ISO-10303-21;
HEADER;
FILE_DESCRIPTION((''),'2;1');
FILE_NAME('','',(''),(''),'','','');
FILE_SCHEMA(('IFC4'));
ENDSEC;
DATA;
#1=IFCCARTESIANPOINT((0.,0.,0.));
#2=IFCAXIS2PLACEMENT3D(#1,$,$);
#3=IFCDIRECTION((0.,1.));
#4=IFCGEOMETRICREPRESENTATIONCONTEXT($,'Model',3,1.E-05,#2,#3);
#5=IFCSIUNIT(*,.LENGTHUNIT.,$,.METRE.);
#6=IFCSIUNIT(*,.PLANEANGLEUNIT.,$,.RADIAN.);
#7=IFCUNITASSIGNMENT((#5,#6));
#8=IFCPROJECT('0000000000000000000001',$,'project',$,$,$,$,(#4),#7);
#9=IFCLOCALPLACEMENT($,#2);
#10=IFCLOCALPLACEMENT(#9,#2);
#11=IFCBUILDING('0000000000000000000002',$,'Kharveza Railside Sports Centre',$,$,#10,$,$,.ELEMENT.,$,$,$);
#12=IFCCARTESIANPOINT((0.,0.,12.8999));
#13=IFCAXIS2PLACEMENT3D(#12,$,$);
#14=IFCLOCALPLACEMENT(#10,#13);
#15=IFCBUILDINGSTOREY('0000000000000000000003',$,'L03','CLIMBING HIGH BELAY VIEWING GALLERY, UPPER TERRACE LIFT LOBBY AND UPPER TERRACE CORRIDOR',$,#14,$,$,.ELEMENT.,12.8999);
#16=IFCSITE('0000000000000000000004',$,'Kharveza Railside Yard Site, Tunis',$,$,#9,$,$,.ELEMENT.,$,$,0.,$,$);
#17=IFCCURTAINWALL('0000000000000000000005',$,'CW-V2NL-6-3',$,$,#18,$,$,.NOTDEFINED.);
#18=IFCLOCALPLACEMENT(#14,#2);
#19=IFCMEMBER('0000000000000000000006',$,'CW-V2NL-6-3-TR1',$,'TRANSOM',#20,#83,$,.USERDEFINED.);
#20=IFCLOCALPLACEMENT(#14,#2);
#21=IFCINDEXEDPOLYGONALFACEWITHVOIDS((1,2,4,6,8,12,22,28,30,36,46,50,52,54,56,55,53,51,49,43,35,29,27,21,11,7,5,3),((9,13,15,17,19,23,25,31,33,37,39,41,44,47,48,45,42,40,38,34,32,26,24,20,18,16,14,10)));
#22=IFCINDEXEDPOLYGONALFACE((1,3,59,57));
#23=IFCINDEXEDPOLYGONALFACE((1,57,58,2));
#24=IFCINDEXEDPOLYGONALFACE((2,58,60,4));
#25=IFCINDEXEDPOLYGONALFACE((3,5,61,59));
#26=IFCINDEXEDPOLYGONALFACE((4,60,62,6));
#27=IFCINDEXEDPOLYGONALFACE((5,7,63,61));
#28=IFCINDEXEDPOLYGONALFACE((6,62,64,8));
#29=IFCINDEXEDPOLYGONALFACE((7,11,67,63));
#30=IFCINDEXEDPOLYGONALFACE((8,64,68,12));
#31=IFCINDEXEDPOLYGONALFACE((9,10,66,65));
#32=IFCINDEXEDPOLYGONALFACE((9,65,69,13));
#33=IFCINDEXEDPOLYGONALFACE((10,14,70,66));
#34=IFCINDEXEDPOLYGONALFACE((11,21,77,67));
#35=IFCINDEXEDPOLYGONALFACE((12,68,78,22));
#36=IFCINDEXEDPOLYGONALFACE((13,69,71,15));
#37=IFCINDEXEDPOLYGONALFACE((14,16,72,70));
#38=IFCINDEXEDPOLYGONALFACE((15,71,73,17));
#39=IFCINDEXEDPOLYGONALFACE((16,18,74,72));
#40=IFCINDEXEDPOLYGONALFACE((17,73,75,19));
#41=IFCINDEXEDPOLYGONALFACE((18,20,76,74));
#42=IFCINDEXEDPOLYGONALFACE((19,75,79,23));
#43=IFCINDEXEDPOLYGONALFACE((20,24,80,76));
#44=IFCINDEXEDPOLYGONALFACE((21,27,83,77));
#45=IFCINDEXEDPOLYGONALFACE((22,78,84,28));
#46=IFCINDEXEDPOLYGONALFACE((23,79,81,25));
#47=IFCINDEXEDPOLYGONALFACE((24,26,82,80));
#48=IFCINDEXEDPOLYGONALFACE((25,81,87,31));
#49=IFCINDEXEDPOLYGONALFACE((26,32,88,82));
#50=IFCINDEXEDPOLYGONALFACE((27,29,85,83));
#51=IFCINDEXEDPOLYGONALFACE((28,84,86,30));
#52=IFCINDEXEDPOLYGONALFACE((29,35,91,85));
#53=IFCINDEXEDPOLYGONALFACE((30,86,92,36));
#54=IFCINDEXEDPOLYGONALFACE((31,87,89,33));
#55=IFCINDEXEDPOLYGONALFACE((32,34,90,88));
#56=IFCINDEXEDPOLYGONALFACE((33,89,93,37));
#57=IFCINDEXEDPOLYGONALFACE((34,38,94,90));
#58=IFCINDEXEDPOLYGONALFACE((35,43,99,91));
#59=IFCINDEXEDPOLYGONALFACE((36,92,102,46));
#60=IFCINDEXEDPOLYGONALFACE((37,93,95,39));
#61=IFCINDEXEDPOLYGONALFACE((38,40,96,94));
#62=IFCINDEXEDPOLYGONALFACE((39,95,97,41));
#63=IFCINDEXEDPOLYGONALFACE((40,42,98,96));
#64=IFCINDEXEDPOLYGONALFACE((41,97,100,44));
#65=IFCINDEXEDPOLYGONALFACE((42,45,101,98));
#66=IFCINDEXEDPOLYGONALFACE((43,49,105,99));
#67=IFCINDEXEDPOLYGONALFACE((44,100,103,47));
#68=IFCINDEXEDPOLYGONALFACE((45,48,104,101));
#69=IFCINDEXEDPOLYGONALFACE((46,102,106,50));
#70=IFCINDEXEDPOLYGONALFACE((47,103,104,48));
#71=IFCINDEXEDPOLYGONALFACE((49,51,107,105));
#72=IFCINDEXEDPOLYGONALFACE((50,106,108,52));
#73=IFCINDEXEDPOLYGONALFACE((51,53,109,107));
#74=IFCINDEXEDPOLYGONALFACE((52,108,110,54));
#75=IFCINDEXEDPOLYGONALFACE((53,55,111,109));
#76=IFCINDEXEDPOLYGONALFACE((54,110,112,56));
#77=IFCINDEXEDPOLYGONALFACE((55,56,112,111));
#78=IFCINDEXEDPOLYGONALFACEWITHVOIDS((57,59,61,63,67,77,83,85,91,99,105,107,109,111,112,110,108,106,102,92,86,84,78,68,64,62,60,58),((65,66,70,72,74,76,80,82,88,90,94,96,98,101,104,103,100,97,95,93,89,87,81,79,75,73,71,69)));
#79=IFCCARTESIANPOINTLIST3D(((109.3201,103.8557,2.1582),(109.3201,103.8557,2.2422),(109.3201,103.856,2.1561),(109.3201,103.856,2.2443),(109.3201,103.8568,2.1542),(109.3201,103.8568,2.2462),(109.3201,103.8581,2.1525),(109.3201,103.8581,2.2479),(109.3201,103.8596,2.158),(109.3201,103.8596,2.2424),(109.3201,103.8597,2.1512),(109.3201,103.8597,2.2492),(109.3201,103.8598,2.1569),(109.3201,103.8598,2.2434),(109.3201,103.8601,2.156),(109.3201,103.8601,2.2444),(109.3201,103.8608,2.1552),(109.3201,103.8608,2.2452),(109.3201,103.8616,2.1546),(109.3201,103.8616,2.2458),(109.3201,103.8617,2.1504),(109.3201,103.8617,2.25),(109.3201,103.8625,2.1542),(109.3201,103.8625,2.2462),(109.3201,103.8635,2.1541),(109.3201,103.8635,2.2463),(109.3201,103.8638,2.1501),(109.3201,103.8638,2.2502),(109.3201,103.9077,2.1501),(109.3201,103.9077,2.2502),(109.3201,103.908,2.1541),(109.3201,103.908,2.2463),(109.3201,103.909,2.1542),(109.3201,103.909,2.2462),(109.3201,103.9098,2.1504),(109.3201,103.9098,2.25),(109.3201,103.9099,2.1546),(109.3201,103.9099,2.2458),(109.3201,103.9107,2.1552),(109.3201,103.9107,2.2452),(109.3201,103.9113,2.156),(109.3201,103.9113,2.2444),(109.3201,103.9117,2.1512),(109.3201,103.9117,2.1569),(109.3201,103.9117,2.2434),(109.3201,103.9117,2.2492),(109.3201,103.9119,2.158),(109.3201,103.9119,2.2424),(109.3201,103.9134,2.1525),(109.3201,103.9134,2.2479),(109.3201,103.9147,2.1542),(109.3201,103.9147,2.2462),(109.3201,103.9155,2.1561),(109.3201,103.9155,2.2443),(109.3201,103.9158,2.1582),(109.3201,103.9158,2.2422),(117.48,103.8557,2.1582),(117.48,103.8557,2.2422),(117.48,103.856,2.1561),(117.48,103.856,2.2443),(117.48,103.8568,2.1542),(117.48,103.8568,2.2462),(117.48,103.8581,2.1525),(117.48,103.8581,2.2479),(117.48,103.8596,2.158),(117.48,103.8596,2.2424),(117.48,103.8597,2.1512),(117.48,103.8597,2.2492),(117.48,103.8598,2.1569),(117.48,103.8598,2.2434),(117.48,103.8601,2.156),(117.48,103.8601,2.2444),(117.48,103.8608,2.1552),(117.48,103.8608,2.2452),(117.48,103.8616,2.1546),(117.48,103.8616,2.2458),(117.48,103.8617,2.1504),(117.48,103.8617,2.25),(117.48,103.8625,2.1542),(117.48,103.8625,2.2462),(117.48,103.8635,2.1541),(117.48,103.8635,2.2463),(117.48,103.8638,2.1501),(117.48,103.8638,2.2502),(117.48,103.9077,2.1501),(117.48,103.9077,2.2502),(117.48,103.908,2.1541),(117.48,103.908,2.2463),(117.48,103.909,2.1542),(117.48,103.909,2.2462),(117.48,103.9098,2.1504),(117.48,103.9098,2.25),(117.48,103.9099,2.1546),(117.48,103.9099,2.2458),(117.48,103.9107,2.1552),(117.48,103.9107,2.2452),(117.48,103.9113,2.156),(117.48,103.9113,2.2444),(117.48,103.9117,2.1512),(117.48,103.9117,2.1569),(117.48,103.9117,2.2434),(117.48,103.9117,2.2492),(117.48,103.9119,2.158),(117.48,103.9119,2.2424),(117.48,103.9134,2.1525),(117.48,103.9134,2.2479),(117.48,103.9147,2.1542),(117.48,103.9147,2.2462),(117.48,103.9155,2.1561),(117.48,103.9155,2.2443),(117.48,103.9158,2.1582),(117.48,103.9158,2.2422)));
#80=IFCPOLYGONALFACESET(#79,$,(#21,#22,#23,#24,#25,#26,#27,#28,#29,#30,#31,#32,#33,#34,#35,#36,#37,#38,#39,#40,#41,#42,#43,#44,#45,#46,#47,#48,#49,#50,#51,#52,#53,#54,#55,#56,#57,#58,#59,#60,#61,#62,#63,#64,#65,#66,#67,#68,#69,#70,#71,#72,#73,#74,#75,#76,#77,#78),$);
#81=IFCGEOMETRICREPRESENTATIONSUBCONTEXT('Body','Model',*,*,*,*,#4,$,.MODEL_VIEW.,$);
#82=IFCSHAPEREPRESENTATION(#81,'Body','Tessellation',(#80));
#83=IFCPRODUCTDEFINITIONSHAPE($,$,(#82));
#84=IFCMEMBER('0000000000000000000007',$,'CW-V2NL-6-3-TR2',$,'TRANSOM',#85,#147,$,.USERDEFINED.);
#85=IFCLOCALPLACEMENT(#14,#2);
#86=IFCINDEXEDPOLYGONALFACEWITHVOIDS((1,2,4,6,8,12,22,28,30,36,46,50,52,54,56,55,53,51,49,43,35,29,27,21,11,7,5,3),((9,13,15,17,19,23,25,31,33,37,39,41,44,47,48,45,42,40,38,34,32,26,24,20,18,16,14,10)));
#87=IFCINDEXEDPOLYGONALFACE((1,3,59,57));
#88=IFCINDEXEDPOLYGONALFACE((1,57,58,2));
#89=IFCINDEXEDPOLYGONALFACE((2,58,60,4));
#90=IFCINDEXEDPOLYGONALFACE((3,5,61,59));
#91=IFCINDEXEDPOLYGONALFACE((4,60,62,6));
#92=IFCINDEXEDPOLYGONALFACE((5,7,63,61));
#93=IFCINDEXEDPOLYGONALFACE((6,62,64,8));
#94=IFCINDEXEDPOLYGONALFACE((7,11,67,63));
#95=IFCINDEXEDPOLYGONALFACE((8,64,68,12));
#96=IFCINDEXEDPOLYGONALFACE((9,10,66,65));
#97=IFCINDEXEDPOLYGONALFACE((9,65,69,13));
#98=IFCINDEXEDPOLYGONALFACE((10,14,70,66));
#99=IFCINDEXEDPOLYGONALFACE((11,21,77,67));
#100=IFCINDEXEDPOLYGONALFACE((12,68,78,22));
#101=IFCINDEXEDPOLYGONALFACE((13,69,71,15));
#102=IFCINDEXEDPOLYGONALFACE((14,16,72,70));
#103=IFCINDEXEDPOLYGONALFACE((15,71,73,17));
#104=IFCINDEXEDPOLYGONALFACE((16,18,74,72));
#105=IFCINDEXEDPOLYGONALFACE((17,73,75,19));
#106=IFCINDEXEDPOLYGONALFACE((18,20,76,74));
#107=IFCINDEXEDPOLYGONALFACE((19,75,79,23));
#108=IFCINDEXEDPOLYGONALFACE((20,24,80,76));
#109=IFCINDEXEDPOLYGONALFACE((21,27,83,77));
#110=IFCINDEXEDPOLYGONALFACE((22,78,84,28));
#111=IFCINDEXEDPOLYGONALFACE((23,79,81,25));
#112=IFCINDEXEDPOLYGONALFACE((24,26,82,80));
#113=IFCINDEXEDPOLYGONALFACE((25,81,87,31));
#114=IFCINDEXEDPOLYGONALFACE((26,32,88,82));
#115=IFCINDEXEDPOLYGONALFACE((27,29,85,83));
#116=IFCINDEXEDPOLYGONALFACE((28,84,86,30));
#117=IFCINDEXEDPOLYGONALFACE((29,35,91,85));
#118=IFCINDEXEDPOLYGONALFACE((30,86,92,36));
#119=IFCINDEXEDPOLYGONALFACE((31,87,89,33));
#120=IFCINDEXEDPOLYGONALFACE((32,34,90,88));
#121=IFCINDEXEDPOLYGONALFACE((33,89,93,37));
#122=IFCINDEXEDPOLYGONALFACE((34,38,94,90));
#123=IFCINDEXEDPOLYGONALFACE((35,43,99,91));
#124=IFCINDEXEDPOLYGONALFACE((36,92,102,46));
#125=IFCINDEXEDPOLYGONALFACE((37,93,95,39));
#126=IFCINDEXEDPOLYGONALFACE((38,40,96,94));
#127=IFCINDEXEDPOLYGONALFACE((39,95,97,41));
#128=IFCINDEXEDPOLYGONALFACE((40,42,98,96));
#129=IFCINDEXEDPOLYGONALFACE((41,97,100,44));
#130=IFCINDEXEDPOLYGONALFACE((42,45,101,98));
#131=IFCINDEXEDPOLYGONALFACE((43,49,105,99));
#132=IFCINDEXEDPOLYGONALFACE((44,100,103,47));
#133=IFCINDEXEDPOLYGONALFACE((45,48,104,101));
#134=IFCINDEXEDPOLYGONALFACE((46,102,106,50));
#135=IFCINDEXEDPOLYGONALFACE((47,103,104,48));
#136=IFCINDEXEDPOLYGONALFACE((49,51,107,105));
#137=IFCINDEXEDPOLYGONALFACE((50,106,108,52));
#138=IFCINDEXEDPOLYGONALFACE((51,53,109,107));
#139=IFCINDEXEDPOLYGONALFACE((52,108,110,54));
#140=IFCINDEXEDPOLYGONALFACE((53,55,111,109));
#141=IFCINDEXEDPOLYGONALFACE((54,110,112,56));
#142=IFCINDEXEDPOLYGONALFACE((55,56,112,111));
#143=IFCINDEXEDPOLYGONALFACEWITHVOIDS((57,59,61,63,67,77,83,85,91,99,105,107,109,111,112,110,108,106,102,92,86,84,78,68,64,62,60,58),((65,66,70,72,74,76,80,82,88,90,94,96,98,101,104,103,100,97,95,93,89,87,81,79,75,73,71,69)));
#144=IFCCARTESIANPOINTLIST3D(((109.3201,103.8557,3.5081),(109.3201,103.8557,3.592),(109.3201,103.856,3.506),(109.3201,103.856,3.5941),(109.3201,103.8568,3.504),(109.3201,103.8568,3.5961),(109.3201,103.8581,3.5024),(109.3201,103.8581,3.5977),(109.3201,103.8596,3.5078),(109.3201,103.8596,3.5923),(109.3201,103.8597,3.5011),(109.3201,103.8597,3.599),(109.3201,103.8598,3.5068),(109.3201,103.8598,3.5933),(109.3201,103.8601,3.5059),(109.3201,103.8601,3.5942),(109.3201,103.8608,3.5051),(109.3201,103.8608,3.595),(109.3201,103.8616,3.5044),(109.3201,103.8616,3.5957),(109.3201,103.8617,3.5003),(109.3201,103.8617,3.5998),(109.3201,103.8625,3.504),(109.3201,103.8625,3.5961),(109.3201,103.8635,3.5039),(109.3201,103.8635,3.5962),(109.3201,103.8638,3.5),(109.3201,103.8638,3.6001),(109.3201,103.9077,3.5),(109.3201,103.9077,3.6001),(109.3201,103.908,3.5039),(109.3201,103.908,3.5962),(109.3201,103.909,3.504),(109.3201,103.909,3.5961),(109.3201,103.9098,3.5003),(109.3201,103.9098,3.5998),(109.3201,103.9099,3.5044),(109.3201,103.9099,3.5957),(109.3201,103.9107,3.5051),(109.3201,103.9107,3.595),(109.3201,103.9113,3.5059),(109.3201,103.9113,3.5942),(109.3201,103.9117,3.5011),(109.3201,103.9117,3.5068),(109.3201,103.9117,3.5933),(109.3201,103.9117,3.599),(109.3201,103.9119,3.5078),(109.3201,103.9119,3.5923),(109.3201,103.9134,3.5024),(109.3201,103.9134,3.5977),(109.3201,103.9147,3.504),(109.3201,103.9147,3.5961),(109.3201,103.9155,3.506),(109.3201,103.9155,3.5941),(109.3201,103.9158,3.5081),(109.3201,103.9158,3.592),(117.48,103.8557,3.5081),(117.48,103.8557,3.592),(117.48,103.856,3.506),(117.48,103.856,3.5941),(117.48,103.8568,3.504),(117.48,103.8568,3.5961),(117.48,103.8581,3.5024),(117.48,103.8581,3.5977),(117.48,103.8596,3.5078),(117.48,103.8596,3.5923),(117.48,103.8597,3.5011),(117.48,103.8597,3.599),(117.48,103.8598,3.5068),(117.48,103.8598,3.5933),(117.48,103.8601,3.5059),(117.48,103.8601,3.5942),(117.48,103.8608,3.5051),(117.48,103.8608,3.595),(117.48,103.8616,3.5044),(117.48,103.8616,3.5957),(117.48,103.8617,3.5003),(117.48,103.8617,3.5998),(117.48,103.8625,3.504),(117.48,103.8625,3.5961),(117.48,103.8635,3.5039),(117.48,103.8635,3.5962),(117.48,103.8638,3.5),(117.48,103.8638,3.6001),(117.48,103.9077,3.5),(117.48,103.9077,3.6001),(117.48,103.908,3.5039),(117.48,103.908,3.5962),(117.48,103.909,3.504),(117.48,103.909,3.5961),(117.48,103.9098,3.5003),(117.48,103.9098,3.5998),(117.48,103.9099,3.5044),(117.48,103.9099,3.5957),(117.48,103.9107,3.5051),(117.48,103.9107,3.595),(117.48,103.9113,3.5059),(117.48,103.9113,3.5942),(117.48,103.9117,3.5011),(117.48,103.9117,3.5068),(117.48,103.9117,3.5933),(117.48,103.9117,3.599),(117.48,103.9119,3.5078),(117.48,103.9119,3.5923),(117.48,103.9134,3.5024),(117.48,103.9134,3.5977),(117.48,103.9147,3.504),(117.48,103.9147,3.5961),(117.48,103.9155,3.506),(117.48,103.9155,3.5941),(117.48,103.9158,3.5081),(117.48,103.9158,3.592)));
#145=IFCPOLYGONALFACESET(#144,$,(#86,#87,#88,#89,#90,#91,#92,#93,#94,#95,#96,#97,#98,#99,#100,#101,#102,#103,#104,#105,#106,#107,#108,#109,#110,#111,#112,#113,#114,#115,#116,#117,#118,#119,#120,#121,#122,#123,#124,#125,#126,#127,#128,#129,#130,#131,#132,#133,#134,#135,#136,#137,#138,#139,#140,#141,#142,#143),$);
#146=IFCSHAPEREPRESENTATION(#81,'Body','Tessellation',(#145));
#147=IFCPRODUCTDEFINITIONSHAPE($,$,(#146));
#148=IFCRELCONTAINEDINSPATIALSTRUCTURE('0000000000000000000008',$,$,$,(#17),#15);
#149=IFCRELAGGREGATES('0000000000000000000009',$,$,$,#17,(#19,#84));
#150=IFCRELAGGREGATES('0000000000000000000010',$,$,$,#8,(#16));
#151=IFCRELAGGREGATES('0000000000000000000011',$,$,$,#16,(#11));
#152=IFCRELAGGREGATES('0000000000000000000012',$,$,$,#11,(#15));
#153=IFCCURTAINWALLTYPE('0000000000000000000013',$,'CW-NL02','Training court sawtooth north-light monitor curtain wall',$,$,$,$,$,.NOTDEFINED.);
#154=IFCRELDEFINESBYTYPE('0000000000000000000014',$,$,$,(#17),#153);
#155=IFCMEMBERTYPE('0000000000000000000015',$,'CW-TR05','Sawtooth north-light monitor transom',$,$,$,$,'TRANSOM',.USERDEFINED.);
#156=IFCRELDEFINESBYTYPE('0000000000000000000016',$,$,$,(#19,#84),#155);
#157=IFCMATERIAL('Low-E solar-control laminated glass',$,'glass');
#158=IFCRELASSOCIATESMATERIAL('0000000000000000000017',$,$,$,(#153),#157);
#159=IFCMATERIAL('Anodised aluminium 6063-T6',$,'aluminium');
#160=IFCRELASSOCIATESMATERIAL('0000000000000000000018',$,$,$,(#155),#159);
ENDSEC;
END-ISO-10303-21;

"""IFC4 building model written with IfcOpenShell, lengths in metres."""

from ifc_helpers import new_model, si_unit, direction, frame, origin, origin_2d, place, context, subcontext, project, spatial, hollow_rectangle, extrude, material, material_profile, profile_set, type_object, element, aggregate, save


model = new_model("IFC4")

# Units and contexts
model_context = context("Model", 3, precision=1e-05, world=origin(), true_north=direction((0.0, 1.0)))
body_context = subcontext(model_context, "Body", "Model", "MODEL_VIEW")
ifc_project = project(units=[si_unit("LENGTHUNIT", "METRE"), si_unit("PLANEANGLEUNIT", "RADIAN")], contexts=[model_context])

# Site, building, storey
site_placement = place(None, origin())
site = spatial("IfcSite", under=ifc_project, at=site_placement, Name="Kharveza Railside Yard Site, Tunis", CompositionType="ELEMENT", RefElevation=0.0)
building_placement = place(site_placement, origin())
building = spatial("IfcBuilding", under=site, at=building_placement, Name="Kharveza Railside Sports Centre", CompositionType="ELEMENT")
storey_placement = place(building_placement, frame((0.0, 0.0, 12.8999)))
storey = spatial("IfcBuildingStorey", under=building, at=storey_placement, Name="L03", Description="CLIMBING HIGH BELAY VIEWING GALLERY, UPPER TERRACE LIFT LOBBY AND UPPER TERRACE CORRIDOR", CompositionType="ELEMENT", Elevation=12.8999)

# Curtain wall
ifc_material_1 = material(Name="Low-E solar-control laminated glass", Category="glass")
curtain_wall_type = type_object("IfcCurtainWallType", Name="CW-NL02", Description="Training court sawtooth north-light monitor curtain wall", PredefinedType="NOTDEFINED", material=ifc_material_1)
curtain_wall_1_placement = place(storey_placement, origin())
curtain_wall_1 = element("IfcCurtainWall", 1, at=curtain_wall_1_placement, inside=storey, type_object=curtain_wall_type, Name="CW-V2NL-6-3", PredefinedType="NOTDEFINED")
ifc_material_2 = material(Name="Anodised aluminium 6063-T6", Category="aluminium")

# Members
ifc_material_profile_1 = material_profile(ifc_material_2, hollow_rectangle(XDim=0.0601, YDim=0.1001, WallThickness=0.0039, InnerFilletRadius=0.0039, OuterFilletRadius=0.0081, at=origin_2d()), Name="RHS 60x100x4.0")
ifc_profile_set_1 = profile_set([ifc_material_profile_1], Name="Anodised aluminium 6063-T6")
member_type_1 = type_object("IfcMemberType", Name="CW-TR05", Description="Sawtooth north-light monitor transom", ElementType="TRANSOM", PredefinedType="USERDEFINED", material=ifc_profile_set_1)
member_1_placement = place(storey_placement, frame((109.3201, 103.8857, 2.2002), z_axis=(1.0, 0.0, 0.0), x_axis=(0.0, 1.0, 0.0)))
member_1 = element("IfcMember", 2, at=member_1_placement, type_object=member_type_1, Name="CW-V2NL-6-3-TR1", ObjectType="TRANSOM", PredefinedType="USERDEFINED", context=body_context, shape_type="SweptSolid", body=[
    extrude(hollow_rectangle(XDim=0.0601, YDim=0.1001, WallThickness=0.0039, InnerFilletRadius=0.0039, OuterFilletRadius=0.0081, at=origin_2d()), origin(), (0.0, 0.0, 1.0), 8.1599),
])
member_2_placement = place(storey_placement, frame((109.3201, 103.8857, 3.55), z_axis=(1.0, 0.0, 0.0), x_axis=(0.0, 1.0, 0.0)))
member_2 = element("IfcMember", 3, at=member_2_placement, type_object=member_type_1, Name="CW-V2NL-6-3-TR2", ObjectType="TRANSOM", PredefinedType="USERDEFINED", context=body_context, shape_type="SweptSolid", body=[
    extrude(hollow_rectangle(XDim=0.0601, YDim=0.1001, WallThickness=0.0039, InnerFilletRadius=0.0039, OuterFilletRadius=0.0081, at=origin_2d()), origin(), (0.0, 0.0, 1.0), 8.1599),
])

aggregate(curtain_wall_1, [member_1, member_2])

save(model, "model.ifc")
